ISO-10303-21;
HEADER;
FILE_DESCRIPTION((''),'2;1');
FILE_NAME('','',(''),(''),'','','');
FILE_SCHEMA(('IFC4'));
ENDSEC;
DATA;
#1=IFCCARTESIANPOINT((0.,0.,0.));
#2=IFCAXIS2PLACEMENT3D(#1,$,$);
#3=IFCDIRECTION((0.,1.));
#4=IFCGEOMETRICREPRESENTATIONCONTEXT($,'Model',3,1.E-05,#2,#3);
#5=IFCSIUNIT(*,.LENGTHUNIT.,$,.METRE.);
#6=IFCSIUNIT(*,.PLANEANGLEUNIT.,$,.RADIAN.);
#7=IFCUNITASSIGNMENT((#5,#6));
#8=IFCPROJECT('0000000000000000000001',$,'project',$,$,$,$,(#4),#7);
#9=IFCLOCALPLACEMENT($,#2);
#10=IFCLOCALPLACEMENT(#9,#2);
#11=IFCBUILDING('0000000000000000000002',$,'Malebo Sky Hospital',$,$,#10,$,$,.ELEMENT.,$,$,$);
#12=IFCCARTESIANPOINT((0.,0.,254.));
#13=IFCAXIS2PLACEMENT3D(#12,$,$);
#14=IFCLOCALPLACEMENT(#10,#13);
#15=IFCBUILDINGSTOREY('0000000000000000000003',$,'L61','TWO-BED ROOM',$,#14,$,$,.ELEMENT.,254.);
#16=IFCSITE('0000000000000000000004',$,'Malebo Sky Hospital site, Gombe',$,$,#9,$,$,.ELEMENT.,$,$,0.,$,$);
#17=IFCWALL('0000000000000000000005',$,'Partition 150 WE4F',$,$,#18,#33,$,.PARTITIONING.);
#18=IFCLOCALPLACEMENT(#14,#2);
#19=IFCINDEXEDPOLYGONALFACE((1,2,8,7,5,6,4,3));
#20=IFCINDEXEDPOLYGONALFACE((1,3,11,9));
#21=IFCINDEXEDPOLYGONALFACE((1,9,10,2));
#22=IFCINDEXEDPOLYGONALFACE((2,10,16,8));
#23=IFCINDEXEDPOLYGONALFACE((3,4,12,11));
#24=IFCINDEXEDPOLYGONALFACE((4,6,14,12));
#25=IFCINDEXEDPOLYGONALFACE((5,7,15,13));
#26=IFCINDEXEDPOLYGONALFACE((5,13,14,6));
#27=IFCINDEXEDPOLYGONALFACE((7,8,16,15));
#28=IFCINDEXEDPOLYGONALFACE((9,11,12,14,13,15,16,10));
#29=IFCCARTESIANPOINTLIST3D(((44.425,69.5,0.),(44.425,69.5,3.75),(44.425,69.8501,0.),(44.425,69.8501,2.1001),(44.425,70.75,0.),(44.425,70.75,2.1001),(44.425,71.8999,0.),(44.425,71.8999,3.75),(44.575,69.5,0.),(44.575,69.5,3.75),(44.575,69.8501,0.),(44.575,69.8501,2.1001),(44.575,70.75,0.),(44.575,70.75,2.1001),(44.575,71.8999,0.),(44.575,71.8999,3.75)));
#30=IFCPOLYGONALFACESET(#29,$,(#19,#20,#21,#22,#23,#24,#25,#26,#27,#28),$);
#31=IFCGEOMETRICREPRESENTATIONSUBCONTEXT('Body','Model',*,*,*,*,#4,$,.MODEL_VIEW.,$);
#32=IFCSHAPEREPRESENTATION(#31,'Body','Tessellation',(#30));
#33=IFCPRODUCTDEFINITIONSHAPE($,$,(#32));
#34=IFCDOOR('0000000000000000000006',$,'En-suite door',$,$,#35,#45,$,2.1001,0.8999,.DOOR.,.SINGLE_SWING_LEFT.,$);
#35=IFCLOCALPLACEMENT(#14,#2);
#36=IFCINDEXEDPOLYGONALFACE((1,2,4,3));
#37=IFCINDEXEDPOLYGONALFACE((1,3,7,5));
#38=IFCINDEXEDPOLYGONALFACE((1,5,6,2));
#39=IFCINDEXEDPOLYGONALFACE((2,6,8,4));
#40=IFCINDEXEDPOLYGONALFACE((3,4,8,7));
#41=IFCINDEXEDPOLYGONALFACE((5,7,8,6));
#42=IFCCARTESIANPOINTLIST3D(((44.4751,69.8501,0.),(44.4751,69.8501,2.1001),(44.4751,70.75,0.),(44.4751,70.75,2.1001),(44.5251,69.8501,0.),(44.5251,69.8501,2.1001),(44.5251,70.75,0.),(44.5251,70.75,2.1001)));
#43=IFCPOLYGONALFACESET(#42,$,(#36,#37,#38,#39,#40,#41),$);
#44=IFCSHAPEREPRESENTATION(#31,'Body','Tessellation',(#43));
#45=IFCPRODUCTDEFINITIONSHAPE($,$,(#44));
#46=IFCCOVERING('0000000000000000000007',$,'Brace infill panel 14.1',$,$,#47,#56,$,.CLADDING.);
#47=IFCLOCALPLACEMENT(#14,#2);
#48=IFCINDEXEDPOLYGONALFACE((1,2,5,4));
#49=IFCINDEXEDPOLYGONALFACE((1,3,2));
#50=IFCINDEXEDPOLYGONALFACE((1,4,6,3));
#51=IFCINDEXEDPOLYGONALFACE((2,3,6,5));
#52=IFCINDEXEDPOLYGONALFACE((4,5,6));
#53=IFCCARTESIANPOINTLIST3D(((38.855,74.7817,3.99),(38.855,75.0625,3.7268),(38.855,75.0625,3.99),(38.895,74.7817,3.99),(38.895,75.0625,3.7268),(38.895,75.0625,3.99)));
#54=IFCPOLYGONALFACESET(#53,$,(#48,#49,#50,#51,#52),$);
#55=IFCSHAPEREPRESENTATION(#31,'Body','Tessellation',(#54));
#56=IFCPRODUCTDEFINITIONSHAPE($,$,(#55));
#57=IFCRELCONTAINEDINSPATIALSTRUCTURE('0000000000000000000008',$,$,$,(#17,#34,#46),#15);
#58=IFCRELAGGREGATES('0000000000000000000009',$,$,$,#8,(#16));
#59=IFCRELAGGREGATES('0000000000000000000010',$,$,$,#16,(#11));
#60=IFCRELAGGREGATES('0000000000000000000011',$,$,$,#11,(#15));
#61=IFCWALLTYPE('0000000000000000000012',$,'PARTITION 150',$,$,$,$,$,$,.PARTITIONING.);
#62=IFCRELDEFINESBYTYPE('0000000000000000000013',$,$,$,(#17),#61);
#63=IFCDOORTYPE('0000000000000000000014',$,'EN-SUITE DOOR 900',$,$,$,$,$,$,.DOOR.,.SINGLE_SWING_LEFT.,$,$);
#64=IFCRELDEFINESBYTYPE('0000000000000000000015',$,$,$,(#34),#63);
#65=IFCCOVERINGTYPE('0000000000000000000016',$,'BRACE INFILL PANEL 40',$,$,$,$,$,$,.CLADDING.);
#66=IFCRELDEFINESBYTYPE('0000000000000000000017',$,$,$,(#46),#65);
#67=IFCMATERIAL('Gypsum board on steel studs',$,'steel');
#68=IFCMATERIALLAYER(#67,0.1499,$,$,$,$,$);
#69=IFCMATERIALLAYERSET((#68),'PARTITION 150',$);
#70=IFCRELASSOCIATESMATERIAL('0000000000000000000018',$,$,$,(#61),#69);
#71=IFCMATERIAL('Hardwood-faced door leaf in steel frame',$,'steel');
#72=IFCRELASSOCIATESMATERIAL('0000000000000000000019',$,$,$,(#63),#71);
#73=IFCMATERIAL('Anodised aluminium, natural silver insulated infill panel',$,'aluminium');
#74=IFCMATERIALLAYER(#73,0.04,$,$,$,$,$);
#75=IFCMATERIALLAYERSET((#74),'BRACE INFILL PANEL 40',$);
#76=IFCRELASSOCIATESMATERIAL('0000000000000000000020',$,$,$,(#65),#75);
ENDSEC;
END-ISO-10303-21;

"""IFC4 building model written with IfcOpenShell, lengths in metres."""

from ifc_helpers import new_model, si_unit, direction, frame, frame_2d, origin, place, context, subcontext, project, spatial, polyline, rectangle, outline, extrude, material, layer, layer_set, type_object, element, fill, save


model = new_model("IFC4")

# Units and contexts
model_context = context("Model", 3, precision=1e-05, world=origin(), true_north=direction((0.0, 1.0)))
body_context = subcontext(model_context, "Body", "Model", "MODEL_VIEW")
ifc_project = project(units=[si_unit("LENGTHUNIT", "METRE"), si_unit("PLANEANGLEUNIT", "RADIAN")], contexts=[model_context])

# Site, building, storey
site_placement = place(None, origin())
site = spatial("IfcSite", under=ifc_project, at=site_placement, Name="Malebo Sky Hospital site, Gombe", CompositionType="ELEMENT", RefElevation=0.0)
building_placement = place(site_placement, origin())
building = spatial("IfcBuilding", under=site, at=building_placement, Name="Malebo Sky Hospital", CompositionType="ELEMENT")
storey_placement = place(building_placement, frame((0.0, 0.0, 254.0)))
storey = spatial("IfcBuildingStorey", under=building, at=storey_placement, Name="L61", Description="TWO-BED ROOM", CompositionType="ELEMENT", Elevation=254.0)

# Wall, opening, door
ifc_material_1 = material(Name="Gypsum board on steel studs", Category="steel")
ifc_layer_1 = layer(ifc_material_1, 0.1499)
ifc_layer_set_1 = layer_set([ifc_layer_1], Name="PARTITION 150")
wall_type = type_object("IfcWallType", Name="PARTITION 150", PredefinedType="PARTITIONING", material=ifc_layer_set_1)
ifc_material_2 = material(Name="Hardwood-faced door leaf in steel frame", Category="steel")
door_type = type_object("IfcDoorType", Name="EN-SUITE DOOR 900", OperationType="SINGLE_SWING_LEFT", PredefinedType="DOOR", material=ifc_material_2)
wall_1_placement = place(storey_placement, frame((44.5, 69.5, 0.0), z_axis=(0.0, 0.0, 1.0), x_axis=(0.0, 1.0, 0.0)))
wall_1 = element("IfcWall", 1, at=wall_1_placement, inside=storey, type_object=wall_type, Name="Partition 150 WE4F", PredefinedType="PARTITIONING", context=body_context, shape_type="SweptSolid", body=[
    extrude(rectangle(XDim=2.3999, YDim=0.1499, at=frame_2d((1.2, 0.0))), origin(), (0.0, 0.0, 1.0), 3.75),
])
opening_1_placement = place(wall_1_placement, frame((0.3501, 0.0, 0.0)))
opening_1 = element("IfcOpeningElement", 2, at=opening_1_placement, cuts=wall_1, PredefinedType="OPENING", context=body_context, shape_type="SweptSolid", body=[
    extrude(rectangle(XDim=0.8999, YDim=2.1001, at=frame_2d((0.45, 1.05))), frame((0.0, 0.085, 0.0), z_axis=(0.0, -1.0, 0.0), x_axis=(1.0, 0.0, 0.0)), (0.0, 0.0, 1.0), 0.1699),
])
door_1_placement = place(opening_1_placement, origin())
door_1 = element("IfcDoor", 3, at=door_1_placement, inside=storey, type_object=door_type, Name="En-suite door", OperationType="SINGLE_SWING_LEFT", OverallHeight=2.1001, OverallWidth=0.8999, PredefinedType="DOOR", context=body_context, shape_type="SweptSolid", body=[
    extrude(rectangle(XDim=0.8999, YDim=2.1001, at=frame_2d((0.45, 1.05))), frame((0.0, 0.0249, 0.0), z_axis=(0.0, -1.0, 0.0), x_axis=(1.0, 0.0, 0.0)), (0.0, 0.0, 1.0), 0.05),
])
fill(opening_1, door_1)

# Covering
ifc_material_3 = material(Name="Anodised aluminium, natural silver insulated infill panel", Category="aluminium")
ifc_layer_2 = layer(ifc_material_3, 0.04)
ifc_layer_set_2 = layer_set([ifc_layer_2], Name="BRACE INFILL PANEL 40")
covering_type = type_object("IfcCoveringType", Name="BRACE INFILL PANEL 40", PredefinedType="CLADDING", material=ifc_layer_set_2)
covering_placement = place(storey_placement, frame((38.875, 74.9221, 3.7268), z_axis=(0.0, 0.0, 1.0), x_axis=(0.0, 1.0, 0.0)))
element("IfcCovering", 4, at=covering_placement, inside=storey, type_object=covering_type, Name="Brace infill panel 14.1", PredefinedType="CLADDING", context=body_context, shape_type="SweptSolid", body=[
    extrude(outline(polyline([(0.1404, 0.0), (0.1404, 0.2632), (-0.1404, 0.2632), (0.1404, 0.0)])), frame((0.0, 0.02, 0.0), z_axis=(0.0, -1.0, 0.0), x_axis=(1.0, 0.0, 0.0)), (0.0, 0.0, 1.0), 0.04),
])

save(model, "model.ifc")
